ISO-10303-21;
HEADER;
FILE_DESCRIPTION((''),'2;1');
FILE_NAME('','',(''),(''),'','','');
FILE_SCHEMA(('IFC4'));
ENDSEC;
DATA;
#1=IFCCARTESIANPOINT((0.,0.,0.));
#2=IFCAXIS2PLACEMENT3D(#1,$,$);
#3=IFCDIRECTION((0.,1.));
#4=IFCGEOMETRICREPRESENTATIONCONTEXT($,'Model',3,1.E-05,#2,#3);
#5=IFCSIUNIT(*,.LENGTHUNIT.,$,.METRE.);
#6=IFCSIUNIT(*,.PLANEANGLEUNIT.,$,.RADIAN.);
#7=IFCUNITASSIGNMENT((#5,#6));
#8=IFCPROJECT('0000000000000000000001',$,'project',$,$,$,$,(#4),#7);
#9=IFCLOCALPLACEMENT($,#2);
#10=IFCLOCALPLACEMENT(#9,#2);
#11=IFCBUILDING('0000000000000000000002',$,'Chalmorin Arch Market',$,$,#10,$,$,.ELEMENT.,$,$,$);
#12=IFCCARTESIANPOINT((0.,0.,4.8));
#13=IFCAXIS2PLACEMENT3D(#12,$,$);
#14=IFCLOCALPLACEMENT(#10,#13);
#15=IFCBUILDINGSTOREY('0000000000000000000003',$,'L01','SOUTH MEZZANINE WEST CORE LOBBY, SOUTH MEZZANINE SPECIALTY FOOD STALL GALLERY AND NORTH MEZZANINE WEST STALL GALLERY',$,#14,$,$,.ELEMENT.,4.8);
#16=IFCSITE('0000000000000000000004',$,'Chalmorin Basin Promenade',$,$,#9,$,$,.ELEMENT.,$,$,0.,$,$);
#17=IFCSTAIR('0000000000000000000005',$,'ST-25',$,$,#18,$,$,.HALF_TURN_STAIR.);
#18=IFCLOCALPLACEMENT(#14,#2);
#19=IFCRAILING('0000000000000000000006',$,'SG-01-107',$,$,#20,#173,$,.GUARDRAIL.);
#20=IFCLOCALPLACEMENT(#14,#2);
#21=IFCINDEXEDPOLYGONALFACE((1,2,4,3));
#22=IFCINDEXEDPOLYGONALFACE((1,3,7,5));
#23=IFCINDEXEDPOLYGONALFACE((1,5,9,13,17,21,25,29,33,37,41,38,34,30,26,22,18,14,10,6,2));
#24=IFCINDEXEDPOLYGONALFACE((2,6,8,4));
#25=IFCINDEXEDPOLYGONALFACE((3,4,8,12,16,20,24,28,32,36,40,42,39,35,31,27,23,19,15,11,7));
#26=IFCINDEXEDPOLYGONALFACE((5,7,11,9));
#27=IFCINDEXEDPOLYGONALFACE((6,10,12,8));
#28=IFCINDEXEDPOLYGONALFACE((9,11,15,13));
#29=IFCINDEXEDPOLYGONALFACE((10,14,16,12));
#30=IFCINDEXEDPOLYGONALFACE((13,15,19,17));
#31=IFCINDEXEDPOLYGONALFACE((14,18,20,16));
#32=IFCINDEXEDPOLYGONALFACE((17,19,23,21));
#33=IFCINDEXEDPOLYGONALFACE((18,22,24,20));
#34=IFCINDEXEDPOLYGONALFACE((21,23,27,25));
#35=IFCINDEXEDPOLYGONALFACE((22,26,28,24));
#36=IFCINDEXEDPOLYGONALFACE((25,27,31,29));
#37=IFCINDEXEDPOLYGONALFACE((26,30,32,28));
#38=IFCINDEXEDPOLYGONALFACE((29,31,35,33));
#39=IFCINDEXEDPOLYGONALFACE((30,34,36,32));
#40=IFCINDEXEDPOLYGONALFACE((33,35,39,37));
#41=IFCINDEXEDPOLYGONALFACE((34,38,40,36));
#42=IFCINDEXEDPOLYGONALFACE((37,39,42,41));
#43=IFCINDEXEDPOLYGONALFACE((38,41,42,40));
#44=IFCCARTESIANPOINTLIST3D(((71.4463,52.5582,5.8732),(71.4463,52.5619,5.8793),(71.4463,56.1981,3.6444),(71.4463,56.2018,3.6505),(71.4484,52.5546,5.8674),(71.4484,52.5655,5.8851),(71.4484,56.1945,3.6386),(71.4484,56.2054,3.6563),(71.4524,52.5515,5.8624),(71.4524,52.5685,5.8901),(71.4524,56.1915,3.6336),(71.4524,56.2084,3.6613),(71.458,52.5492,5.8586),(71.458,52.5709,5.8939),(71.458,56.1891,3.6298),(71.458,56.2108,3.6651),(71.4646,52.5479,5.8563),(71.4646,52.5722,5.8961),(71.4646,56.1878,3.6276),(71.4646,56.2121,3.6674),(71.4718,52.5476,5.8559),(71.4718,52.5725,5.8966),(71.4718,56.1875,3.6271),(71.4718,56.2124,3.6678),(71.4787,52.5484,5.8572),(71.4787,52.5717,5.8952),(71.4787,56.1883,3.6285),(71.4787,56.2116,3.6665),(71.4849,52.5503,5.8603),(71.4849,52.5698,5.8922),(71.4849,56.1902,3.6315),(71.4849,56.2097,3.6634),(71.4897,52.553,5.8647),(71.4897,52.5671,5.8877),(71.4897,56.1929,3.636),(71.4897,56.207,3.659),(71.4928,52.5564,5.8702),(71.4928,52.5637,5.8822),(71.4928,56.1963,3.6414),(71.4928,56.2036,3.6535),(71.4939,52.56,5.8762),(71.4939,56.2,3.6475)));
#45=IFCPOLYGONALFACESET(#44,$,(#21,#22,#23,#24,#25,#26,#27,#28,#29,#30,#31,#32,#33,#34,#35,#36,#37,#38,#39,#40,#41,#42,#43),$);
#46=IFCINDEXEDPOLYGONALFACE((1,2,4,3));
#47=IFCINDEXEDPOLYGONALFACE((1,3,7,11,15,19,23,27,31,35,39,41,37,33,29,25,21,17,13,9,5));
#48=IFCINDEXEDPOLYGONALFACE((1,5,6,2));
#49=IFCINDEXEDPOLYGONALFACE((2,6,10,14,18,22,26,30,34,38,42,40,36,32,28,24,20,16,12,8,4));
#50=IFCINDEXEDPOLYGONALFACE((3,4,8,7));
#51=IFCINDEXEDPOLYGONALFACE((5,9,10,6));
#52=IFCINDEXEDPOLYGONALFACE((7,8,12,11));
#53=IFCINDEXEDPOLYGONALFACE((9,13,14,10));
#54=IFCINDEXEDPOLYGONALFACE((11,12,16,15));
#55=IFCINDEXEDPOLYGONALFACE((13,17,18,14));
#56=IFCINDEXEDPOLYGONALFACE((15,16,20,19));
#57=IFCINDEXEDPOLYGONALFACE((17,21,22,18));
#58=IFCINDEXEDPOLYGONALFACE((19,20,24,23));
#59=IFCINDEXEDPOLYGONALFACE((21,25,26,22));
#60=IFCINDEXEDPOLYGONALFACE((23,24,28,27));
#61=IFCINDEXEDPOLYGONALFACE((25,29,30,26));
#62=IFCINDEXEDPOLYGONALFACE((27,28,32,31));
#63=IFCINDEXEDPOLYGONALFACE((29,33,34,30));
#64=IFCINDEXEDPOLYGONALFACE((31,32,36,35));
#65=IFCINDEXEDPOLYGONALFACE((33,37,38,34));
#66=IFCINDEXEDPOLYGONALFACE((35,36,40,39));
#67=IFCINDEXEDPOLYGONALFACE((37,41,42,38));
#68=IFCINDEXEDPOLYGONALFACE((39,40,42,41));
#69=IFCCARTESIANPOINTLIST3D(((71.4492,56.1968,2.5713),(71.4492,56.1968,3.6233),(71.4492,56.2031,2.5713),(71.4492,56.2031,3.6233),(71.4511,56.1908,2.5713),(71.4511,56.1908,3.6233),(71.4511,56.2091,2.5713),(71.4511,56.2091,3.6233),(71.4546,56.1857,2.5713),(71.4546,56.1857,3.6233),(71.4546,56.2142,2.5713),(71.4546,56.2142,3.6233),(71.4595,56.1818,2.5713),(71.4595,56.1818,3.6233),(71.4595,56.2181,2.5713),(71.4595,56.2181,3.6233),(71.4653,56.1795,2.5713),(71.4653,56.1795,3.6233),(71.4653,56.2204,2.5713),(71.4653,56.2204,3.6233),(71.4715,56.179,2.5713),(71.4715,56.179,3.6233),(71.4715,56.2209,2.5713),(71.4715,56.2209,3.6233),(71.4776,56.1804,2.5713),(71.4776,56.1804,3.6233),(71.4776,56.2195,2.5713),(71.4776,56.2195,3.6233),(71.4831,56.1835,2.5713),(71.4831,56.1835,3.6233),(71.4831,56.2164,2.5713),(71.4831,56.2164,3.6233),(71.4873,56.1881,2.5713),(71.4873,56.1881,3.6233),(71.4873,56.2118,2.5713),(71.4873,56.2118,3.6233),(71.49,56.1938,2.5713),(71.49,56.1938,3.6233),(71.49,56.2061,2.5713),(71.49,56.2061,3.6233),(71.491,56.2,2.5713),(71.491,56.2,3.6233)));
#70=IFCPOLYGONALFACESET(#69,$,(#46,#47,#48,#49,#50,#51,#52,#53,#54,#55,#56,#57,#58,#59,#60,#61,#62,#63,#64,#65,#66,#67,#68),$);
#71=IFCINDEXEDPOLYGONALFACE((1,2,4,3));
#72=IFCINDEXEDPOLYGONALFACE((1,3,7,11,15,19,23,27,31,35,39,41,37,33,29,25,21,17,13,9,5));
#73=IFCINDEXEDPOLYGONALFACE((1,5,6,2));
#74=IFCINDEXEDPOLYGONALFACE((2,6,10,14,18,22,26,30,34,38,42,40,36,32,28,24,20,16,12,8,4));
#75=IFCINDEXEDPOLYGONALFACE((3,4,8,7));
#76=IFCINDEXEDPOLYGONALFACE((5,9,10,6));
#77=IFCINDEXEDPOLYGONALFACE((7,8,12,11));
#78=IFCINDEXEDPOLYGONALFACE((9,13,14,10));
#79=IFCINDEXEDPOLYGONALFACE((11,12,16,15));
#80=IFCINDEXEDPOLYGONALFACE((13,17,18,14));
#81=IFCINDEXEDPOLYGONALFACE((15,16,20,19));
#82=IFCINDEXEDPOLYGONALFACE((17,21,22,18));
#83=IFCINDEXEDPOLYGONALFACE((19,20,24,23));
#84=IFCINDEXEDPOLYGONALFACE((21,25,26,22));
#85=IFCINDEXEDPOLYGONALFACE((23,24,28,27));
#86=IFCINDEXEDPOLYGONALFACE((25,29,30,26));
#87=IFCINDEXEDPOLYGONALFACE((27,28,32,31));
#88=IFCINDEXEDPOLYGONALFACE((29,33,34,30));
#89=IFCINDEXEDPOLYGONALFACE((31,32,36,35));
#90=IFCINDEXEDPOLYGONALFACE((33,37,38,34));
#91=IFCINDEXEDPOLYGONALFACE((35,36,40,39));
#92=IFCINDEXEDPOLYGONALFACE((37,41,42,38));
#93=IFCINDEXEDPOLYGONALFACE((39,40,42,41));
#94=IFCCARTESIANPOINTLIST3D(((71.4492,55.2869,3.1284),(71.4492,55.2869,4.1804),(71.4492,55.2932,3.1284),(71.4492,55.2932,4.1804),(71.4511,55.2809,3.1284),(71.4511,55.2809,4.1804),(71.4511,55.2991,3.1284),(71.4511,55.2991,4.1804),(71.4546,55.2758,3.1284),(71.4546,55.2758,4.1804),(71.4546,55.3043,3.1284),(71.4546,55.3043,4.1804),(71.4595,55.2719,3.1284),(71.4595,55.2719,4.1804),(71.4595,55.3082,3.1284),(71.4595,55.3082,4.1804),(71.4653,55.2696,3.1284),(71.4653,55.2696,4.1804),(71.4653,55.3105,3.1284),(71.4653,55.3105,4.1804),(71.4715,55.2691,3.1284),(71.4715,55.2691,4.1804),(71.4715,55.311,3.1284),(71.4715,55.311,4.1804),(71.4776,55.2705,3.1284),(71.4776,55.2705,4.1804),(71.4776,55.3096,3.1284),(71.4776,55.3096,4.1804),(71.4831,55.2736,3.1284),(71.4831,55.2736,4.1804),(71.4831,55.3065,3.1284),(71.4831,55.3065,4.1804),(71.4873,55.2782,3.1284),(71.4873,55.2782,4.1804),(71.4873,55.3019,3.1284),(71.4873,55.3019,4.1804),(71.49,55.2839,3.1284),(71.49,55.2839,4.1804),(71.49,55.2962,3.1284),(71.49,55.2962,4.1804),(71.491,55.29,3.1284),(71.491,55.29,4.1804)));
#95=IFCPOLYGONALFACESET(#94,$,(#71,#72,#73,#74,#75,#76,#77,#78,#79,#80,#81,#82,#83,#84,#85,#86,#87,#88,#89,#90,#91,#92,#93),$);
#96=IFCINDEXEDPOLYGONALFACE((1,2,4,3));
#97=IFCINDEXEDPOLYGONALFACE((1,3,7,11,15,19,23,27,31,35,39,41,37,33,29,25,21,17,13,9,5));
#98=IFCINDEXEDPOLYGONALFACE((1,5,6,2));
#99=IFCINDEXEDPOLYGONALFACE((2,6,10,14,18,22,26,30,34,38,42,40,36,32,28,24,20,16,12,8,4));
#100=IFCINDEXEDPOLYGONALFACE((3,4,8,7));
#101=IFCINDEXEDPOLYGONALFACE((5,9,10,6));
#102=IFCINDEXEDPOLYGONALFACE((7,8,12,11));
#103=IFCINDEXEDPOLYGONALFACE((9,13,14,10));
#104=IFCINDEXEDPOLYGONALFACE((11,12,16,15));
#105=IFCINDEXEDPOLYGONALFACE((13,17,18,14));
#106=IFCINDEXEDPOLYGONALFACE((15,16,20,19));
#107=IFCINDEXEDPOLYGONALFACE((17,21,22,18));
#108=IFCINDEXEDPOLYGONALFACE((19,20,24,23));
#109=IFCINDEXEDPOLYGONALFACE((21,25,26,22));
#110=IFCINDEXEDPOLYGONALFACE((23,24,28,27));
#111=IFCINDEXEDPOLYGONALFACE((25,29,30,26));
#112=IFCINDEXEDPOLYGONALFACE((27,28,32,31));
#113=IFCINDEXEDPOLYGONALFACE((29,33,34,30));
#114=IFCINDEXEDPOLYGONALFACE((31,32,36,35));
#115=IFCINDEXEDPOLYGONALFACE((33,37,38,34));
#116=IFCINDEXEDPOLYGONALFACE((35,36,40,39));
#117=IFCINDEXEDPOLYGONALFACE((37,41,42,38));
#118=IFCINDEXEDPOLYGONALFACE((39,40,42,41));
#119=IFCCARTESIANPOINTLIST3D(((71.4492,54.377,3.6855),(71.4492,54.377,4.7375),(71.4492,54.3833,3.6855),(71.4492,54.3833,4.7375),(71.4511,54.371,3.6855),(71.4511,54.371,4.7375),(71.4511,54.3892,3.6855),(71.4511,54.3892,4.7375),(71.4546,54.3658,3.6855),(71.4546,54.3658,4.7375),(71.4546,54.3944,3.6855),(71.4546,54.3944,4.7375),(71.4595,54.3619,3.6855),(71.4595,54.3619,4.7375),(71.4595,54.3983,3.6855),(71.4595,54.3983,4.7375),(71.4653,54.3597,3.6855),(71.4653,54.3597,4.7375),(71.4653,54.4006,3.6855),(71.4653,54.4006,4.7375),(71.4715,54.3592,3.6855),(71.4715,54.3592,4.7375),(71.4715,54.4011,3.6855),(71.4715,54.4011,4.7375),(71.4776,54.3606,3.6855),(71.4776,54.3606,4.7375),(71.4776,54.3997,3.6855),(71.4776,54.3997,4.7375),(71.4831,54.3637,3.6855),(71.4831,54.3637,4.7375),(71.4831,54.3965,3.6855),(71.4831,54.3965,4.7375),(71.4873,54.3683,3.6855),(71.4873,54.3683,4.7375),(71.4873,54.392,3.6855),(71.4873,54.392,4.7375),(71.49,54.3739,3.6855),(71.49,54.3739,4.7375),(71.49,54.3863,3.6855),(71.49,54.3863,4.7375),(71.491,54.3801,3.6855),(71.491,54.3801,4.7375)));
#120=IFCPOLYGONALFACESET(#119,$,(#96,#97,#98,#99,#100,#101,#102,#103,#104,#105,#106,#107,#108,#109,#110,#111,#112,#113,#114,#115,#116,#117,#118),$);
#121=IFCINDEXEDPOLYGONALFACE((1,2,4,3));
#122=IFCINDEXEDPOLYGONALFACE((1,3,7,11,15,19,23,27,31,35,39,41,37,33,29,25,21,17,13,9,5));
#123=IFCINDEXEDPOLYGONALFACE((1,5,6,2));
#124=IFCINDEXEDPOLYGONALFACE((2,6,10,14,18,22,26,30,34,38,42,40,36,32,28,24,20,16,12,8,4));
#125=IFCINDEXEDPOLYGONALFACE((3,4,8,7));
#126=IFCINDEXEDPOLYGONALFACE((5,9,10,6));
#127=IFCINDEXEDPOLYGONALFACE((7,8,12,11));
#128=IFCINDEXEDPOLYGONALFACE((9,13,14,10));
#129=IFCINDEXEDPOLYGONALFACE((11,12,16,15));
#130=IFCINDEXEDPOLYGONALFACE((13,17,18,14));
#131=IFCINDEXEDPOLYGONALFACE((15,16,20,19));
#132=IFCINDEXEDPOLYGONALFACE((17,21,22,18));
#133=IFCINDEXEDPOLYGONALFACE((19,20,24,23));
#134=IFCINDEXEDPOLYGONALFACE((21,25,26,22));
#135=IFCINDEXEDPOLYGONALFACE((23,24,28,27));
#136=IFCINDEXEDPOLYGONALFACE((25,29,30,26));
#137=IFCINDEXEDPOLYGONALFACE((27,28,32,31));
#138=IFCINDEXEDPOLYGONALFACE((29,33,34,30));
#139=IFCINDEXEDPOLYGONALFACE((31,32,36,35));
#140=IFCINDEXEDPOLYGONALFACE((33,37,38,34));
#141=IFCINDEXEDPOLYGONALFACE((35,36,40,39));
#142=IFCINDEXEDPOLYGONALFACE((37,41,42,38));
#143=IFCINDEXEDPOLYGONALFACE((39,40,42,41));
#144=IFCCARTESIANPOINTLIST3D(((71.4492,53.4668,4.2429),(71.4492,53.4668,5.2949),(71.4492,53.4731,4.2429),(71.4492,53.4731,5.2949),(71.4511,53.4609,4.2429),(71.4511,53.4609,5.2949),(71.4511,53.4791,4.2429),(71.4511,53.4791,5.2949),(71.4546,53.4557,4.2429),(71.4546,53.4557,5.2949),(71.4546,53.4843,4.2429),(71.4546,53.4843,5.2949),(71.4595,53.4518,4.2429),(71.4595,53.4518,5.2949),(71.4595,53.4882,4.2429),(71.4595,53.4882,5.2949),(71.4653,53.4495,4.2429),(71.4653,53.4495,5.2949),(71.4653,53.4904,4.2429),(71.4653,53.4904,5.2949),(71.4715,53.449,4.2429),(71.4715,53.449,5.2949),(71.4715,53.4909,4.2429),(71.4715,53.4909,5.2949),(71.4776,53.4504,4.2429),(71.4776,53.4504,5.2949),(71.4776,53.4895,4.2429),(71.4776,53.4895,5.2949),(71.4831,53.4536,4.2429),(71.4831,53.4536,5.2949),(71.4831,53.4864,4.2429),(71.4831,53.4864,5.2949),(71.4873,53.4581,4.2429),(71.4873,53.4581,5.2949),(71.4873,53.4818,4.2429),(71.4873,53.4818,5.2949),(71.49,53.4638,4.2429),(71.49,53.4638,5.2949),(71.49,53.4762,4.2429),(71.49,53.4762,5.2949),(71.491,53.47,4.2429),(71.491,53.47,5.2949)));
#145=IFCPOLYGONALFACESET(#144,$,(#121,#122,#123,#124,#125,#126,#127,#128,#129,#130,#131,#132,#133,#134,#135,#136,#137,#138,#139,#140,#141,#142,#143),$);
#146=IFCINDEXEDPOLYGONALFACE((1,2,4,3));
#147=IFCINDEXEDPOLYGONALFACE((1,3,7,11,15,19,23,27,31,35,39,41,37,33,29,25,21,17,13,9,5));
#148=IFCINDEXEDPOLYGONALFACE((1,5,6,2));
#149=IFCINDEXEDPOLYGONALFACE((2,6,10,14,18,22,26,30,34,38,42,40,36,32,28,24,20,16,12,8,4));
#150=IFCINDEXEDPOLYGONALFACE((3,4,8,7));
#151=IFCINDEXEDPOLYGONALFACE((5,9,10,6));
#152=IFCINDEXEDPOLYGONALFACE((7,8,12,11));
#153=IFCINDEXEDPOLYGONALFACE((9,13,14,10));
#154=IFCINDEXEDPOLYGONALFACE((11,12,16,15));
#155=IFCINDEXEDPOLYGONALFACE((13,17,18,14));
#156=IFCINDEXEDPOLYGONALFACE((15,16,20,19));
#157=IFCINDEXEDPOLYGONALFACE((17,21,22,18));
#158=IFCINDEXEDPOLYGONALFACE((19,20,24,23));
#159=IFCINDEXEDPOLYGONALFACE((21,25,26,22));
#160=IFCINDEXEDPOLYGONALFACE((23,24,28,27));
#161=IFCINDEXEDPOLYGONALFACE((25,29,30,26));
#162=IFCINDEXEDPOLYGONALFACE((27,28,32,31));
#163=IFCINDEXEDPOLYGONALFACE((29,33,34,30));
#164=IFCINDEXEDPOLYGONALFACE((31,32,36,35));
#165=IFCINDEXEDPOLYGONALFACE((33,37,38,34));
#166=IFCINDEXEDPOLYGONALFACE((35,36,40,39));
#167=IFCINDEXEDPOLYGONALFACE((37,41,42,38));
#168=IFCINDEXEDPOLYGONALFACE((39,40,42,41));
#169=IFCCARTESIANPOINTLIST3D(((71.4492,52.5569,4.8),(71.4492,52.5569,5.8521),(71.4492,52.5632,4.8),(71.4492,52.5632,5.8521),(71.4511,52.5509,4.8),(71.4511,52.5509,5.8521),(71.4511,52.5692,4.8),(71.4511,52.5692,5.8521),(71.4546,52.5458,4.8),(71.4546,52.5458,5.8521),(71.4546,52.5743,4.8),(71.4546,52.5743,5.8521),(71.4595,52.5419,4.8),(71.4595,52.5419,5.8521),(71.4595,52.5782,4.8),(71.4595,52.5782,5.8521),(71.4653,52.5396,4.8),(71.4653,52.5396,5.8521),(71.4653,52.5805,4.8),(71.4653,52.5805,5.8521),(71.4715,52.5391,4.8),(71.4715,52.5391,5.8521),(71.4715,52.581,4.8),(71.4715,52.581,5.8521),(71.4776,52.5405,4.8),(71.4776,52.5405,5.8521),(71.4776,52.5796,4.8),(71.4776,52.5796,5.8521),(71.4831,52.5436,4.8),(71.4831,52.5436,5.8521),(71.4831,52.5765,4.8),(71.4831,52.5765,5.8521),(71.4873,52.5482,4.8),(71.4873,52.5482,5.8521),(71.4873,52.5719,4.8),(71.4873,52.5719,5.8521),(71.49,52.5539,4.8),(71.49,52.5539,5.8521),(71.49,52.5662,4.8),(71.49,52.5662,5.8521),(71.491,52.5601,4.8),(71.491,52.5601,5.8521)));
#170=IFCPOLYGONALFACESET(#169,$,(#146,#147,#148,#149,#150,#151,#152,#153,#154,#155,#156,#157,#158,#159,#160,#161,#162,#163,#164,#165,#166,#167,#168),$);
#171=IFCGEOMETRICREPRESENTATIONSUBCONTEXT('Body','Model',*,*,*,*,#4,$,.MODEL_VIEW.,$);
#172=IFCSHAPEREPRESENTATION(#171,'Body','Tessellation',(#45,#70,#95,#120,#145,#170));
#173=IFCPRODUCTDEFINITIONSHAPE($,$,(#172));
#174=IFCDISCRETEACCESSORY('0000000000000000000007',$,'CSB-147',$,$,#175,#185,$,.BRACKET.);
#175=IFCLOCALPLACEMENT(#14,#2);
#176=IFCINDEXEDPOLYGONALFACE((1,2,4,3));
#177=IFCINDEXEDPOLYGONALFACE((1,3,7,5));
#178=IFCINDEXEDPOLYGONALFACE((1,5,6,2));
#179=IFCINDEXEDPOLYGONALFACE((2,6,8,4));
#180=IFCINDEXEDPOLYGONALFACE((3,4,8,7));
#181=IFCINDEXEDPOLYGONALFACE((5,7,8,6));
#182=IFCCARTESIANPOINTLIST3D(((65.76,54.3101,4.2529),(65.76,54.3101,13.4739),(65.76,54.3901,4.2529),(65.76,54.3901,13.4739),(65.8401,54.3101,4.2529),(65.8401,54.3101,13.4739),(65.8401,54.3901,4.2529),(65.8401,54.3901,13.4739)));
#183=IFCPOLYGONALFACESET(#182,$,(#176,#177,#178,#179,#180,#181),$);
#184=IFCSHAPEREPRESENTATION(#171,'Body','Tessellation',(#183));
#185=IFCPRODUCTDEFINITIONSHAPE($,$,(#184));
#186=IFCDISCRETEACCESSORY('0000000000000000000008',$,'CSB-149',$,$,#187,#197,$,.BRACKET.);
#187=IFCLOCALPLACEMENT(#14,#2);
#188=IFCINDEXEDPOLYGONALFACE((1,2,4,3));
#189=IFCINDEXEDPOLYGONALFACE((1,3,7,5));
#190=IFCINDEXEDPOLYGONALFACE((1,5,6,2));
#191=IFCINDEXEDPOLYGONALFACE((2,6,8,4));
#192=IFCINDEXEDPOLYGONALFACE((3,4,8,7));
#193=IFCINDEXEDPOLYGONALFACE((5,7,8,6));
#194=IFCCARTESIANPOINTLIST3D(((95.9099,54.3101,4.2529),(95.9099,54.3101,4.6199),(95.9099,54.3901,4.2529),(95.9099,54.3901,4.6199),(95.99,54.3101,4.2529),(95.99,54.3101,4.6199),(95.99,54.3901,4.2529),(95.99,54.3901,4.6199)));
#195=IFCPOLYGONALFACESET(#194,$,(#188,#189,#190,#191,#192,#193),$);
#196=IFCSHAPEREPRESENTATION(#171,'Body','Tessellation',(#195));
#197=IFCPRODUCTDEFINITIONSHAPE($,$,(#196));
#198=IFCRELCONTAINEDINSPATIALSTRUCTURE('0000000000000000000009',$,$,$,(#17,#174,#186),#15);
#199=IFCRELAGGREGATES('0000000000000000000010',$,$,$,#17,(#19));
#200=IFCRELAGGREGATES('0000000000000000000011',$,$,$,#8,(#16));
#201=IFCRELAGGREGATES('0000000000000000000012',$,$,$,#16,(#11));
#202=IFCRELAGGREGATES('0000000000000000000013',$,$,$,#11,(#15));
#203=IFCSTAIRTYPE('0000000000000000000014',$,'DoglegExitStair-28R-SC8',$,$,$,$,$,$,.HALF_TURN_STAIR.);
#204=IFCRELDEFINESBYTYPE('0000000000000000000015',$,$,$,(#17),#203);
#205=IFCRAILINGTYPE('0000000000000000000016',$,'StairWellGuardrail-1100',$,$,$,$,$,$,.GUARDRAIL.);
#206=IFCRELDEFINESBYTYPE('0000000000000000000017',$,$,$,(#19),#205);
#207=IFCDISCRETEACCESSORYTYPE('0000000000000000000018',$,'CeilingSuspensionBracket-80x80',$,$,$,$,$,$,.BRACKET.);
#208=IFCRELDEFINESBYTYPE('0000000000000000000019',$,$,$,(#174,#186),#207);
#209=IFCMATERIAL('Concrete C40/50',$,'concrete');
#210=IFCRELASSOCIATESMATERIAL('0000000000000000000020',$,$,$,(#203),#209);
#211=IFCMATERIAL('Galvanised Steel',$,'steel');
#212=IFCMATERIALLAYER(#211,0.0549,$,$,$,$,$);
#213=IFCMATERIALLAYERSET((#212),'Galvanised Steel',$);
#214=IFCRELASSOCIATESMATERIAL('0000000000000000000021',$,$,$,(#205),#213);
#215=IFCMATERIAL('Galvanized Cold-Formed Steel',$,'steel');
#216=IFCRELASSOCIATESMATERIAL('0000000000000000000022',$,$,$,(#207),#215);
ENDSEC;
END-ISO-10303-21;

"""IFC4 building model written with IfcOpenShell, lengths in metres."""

from ifc_helpers import new_model, si_unit, direction, frame, origin, origin_2d, place, context, subcontext, project, spatial, rectangle, circle, extrude, material, layer, layer_set, type_object, element, aggregate, save


model = new_model("IFC4")

# Units and contexts
model_context = context("Model", 3, precision=1e-05, world=origin(), true_north=direction((0.0, 1.0)))
body_context = subcontext(model_context, "Body", "Model", "MODEL_VIEW")
ifc_project = project(units=[si_unit("LENGTHUNIT", "METRE"), si_unit("PLANEANGLEUNIT", "RADIAN")], contexts=[model_context])

# Site, building, storey
site_placement = place(None, origin())
site = spatial("IfcSite", under=ifc_project, at=site_placement, Name="Chalmorin Basin Promenade", CompositionType="ELEMENT", RefElevation=0.0)
building_placement = place(site_placement, origin())
building = spatial("IfcBuilding", under=site, at=building_placement, Name="Chalmorin Arch Market", CompositionType="ELEMENT")
storey_placement = place(building_placement, frame((0.0, 0.0, 4.8)))
storey = spatial("IfcBuildingStorey", under=building, at=storey_placement, Name="L01", Description="SOUTH MEZZANINE WEST CORE LOBBY, SOUTH MEZZANINE SPECIALTY FOOD STALL GALLERY AND NORTH MEZZANINE WEST STALL GALLERY", CompositionType="ELEMENT", Elevation=4.8)

# Shared definitions
ifc_material_1 = material(Name="Concrete C40/50", Category="concrete")

# Stair, railing
stair_type = type_object("IfcStairType", Name="DoglegExitStair-28R-SC8", PredefinedType="HALF_TURN_STAIR", material=ifc_material_1)
stair_placement = place(storey_placement, origin())
stair = element("IfcStair", 1, at=stair_placement, inside=storey, type_object=stair_type, Name="ST-25", PredefinedType="HALF_TURN_STAIR")
ifc_material_2 = material(Name="Galvanised Steel", Category="steel")
ifc_layer_1 = layer(ifc_material_2, 0.0549)
ifc_layer_set_1 = layer_set([ifc_layer_1], Name="Galvanised Steel")
railing_type_1 = type_object("IfcRailingType", Name="StairWellGuardrail-1100", PredefinedType="GUARDRAIL", material=ifc_layer_set_1)
railing_1_placement = place(storey_placement, frame((71.47, 56.2, 2.5713)))
railing_1 = element("IfcRailing", 2, at=railing_1_placement, type_object=railing_type_1, Name="SG-01-107", PredefinedType="GUARDRAIL", context=body_context, shape_type="SweptSolid", body=[
    extrude(circle(Radius=0.0239, at=origin_2d()), frame((0.0, 0.0, 1.0762), z_axis=(0.0, -0.852825, 0.522197), x_axis=(1.0, 0.0, 0.0)), (0.0, 0.0, 1.0), 4.2681),
    extrude(circle(Radius=0.021, at=origin_2d()), origin(), (0.0, 0.0, 1.0), 1.052),
    extrude(circle(Radius=0.021, at=origin_2d()), frame((0.0, -0.9099, 0.5571)), (0.0, 0.0, 1.0), 1.052),
    extrude(circle(Radius=0.021, at=origin_2d()), frame((0.0, -1.8198, 1.1143)), (0.0, 0.0, 1.0), 1.052),
    extrude(circle(Radius=0.021, at=origin_2d()), frame((0.0, -2.73, 1.6716)), (0.0, 0.0, 1.0), 1.052),
    extrude(circle(Radius=0.021, at=origin_2d()), frame((0.0, -3.6399, 2.2288)), (0.0, 0.0, 1.0), 1.052),
])
aggregate(stair, [railing_1])

# Discrete accessories
ifc_material_3 = material(Name="Galvanized Cold-Formed Steel", Category="steel")
discrete_accessory_type = type_object("IfcDiscreteAccessoryType", Name="CeilingSuspensionBracket-80x80", PredefinedType="BRACKET", material=ifc_material_3)
discrete_accessory_1_placement = place(storey_placement, frame((65.8, 54.3501, 4.2529), z_axis=(0.0, 0.0, 1.0), x_axis=(1.0, 0.0, 0.0)))
element("IfcDiscreteAccessory", 3, at=discrete_accessory_1_placement, inside=storey, type_object=discrete_accessory_type, Name="CSB-147", PredefinedType="BRACKET", context=body_context, shape_type="SweptSolid", body=[
    extrude(rectangle(XDim=0.0801, YDim=0.0801, at=origin_2d()), origin(), (0.0, 0.0, 1.0), 9.2209),
])
discrete_accessory_2_placement = place(storey_placement, frame((95.95, 54.3501, 4.2529), z_axis=(0.0, 0.0, 1.0), x_axis=(1.0, 0.0, 0.0)))
element("IfcDiscreteAccessory", 4, at=discrete_accessory_2_placement, inside=storey, type_object=discrete_accessory_type, Name="CSB-149", PredefinedType="BRACKET", context=body_context, shape_type="SweptSolid", body=[
    extrude(rectangle(XDim=0.0801, YDim=0.0801, at=origin_2d()), origin(), (0.0, 0.0, 1.0), 0.3669),
])

save(model, "model.ifc")
